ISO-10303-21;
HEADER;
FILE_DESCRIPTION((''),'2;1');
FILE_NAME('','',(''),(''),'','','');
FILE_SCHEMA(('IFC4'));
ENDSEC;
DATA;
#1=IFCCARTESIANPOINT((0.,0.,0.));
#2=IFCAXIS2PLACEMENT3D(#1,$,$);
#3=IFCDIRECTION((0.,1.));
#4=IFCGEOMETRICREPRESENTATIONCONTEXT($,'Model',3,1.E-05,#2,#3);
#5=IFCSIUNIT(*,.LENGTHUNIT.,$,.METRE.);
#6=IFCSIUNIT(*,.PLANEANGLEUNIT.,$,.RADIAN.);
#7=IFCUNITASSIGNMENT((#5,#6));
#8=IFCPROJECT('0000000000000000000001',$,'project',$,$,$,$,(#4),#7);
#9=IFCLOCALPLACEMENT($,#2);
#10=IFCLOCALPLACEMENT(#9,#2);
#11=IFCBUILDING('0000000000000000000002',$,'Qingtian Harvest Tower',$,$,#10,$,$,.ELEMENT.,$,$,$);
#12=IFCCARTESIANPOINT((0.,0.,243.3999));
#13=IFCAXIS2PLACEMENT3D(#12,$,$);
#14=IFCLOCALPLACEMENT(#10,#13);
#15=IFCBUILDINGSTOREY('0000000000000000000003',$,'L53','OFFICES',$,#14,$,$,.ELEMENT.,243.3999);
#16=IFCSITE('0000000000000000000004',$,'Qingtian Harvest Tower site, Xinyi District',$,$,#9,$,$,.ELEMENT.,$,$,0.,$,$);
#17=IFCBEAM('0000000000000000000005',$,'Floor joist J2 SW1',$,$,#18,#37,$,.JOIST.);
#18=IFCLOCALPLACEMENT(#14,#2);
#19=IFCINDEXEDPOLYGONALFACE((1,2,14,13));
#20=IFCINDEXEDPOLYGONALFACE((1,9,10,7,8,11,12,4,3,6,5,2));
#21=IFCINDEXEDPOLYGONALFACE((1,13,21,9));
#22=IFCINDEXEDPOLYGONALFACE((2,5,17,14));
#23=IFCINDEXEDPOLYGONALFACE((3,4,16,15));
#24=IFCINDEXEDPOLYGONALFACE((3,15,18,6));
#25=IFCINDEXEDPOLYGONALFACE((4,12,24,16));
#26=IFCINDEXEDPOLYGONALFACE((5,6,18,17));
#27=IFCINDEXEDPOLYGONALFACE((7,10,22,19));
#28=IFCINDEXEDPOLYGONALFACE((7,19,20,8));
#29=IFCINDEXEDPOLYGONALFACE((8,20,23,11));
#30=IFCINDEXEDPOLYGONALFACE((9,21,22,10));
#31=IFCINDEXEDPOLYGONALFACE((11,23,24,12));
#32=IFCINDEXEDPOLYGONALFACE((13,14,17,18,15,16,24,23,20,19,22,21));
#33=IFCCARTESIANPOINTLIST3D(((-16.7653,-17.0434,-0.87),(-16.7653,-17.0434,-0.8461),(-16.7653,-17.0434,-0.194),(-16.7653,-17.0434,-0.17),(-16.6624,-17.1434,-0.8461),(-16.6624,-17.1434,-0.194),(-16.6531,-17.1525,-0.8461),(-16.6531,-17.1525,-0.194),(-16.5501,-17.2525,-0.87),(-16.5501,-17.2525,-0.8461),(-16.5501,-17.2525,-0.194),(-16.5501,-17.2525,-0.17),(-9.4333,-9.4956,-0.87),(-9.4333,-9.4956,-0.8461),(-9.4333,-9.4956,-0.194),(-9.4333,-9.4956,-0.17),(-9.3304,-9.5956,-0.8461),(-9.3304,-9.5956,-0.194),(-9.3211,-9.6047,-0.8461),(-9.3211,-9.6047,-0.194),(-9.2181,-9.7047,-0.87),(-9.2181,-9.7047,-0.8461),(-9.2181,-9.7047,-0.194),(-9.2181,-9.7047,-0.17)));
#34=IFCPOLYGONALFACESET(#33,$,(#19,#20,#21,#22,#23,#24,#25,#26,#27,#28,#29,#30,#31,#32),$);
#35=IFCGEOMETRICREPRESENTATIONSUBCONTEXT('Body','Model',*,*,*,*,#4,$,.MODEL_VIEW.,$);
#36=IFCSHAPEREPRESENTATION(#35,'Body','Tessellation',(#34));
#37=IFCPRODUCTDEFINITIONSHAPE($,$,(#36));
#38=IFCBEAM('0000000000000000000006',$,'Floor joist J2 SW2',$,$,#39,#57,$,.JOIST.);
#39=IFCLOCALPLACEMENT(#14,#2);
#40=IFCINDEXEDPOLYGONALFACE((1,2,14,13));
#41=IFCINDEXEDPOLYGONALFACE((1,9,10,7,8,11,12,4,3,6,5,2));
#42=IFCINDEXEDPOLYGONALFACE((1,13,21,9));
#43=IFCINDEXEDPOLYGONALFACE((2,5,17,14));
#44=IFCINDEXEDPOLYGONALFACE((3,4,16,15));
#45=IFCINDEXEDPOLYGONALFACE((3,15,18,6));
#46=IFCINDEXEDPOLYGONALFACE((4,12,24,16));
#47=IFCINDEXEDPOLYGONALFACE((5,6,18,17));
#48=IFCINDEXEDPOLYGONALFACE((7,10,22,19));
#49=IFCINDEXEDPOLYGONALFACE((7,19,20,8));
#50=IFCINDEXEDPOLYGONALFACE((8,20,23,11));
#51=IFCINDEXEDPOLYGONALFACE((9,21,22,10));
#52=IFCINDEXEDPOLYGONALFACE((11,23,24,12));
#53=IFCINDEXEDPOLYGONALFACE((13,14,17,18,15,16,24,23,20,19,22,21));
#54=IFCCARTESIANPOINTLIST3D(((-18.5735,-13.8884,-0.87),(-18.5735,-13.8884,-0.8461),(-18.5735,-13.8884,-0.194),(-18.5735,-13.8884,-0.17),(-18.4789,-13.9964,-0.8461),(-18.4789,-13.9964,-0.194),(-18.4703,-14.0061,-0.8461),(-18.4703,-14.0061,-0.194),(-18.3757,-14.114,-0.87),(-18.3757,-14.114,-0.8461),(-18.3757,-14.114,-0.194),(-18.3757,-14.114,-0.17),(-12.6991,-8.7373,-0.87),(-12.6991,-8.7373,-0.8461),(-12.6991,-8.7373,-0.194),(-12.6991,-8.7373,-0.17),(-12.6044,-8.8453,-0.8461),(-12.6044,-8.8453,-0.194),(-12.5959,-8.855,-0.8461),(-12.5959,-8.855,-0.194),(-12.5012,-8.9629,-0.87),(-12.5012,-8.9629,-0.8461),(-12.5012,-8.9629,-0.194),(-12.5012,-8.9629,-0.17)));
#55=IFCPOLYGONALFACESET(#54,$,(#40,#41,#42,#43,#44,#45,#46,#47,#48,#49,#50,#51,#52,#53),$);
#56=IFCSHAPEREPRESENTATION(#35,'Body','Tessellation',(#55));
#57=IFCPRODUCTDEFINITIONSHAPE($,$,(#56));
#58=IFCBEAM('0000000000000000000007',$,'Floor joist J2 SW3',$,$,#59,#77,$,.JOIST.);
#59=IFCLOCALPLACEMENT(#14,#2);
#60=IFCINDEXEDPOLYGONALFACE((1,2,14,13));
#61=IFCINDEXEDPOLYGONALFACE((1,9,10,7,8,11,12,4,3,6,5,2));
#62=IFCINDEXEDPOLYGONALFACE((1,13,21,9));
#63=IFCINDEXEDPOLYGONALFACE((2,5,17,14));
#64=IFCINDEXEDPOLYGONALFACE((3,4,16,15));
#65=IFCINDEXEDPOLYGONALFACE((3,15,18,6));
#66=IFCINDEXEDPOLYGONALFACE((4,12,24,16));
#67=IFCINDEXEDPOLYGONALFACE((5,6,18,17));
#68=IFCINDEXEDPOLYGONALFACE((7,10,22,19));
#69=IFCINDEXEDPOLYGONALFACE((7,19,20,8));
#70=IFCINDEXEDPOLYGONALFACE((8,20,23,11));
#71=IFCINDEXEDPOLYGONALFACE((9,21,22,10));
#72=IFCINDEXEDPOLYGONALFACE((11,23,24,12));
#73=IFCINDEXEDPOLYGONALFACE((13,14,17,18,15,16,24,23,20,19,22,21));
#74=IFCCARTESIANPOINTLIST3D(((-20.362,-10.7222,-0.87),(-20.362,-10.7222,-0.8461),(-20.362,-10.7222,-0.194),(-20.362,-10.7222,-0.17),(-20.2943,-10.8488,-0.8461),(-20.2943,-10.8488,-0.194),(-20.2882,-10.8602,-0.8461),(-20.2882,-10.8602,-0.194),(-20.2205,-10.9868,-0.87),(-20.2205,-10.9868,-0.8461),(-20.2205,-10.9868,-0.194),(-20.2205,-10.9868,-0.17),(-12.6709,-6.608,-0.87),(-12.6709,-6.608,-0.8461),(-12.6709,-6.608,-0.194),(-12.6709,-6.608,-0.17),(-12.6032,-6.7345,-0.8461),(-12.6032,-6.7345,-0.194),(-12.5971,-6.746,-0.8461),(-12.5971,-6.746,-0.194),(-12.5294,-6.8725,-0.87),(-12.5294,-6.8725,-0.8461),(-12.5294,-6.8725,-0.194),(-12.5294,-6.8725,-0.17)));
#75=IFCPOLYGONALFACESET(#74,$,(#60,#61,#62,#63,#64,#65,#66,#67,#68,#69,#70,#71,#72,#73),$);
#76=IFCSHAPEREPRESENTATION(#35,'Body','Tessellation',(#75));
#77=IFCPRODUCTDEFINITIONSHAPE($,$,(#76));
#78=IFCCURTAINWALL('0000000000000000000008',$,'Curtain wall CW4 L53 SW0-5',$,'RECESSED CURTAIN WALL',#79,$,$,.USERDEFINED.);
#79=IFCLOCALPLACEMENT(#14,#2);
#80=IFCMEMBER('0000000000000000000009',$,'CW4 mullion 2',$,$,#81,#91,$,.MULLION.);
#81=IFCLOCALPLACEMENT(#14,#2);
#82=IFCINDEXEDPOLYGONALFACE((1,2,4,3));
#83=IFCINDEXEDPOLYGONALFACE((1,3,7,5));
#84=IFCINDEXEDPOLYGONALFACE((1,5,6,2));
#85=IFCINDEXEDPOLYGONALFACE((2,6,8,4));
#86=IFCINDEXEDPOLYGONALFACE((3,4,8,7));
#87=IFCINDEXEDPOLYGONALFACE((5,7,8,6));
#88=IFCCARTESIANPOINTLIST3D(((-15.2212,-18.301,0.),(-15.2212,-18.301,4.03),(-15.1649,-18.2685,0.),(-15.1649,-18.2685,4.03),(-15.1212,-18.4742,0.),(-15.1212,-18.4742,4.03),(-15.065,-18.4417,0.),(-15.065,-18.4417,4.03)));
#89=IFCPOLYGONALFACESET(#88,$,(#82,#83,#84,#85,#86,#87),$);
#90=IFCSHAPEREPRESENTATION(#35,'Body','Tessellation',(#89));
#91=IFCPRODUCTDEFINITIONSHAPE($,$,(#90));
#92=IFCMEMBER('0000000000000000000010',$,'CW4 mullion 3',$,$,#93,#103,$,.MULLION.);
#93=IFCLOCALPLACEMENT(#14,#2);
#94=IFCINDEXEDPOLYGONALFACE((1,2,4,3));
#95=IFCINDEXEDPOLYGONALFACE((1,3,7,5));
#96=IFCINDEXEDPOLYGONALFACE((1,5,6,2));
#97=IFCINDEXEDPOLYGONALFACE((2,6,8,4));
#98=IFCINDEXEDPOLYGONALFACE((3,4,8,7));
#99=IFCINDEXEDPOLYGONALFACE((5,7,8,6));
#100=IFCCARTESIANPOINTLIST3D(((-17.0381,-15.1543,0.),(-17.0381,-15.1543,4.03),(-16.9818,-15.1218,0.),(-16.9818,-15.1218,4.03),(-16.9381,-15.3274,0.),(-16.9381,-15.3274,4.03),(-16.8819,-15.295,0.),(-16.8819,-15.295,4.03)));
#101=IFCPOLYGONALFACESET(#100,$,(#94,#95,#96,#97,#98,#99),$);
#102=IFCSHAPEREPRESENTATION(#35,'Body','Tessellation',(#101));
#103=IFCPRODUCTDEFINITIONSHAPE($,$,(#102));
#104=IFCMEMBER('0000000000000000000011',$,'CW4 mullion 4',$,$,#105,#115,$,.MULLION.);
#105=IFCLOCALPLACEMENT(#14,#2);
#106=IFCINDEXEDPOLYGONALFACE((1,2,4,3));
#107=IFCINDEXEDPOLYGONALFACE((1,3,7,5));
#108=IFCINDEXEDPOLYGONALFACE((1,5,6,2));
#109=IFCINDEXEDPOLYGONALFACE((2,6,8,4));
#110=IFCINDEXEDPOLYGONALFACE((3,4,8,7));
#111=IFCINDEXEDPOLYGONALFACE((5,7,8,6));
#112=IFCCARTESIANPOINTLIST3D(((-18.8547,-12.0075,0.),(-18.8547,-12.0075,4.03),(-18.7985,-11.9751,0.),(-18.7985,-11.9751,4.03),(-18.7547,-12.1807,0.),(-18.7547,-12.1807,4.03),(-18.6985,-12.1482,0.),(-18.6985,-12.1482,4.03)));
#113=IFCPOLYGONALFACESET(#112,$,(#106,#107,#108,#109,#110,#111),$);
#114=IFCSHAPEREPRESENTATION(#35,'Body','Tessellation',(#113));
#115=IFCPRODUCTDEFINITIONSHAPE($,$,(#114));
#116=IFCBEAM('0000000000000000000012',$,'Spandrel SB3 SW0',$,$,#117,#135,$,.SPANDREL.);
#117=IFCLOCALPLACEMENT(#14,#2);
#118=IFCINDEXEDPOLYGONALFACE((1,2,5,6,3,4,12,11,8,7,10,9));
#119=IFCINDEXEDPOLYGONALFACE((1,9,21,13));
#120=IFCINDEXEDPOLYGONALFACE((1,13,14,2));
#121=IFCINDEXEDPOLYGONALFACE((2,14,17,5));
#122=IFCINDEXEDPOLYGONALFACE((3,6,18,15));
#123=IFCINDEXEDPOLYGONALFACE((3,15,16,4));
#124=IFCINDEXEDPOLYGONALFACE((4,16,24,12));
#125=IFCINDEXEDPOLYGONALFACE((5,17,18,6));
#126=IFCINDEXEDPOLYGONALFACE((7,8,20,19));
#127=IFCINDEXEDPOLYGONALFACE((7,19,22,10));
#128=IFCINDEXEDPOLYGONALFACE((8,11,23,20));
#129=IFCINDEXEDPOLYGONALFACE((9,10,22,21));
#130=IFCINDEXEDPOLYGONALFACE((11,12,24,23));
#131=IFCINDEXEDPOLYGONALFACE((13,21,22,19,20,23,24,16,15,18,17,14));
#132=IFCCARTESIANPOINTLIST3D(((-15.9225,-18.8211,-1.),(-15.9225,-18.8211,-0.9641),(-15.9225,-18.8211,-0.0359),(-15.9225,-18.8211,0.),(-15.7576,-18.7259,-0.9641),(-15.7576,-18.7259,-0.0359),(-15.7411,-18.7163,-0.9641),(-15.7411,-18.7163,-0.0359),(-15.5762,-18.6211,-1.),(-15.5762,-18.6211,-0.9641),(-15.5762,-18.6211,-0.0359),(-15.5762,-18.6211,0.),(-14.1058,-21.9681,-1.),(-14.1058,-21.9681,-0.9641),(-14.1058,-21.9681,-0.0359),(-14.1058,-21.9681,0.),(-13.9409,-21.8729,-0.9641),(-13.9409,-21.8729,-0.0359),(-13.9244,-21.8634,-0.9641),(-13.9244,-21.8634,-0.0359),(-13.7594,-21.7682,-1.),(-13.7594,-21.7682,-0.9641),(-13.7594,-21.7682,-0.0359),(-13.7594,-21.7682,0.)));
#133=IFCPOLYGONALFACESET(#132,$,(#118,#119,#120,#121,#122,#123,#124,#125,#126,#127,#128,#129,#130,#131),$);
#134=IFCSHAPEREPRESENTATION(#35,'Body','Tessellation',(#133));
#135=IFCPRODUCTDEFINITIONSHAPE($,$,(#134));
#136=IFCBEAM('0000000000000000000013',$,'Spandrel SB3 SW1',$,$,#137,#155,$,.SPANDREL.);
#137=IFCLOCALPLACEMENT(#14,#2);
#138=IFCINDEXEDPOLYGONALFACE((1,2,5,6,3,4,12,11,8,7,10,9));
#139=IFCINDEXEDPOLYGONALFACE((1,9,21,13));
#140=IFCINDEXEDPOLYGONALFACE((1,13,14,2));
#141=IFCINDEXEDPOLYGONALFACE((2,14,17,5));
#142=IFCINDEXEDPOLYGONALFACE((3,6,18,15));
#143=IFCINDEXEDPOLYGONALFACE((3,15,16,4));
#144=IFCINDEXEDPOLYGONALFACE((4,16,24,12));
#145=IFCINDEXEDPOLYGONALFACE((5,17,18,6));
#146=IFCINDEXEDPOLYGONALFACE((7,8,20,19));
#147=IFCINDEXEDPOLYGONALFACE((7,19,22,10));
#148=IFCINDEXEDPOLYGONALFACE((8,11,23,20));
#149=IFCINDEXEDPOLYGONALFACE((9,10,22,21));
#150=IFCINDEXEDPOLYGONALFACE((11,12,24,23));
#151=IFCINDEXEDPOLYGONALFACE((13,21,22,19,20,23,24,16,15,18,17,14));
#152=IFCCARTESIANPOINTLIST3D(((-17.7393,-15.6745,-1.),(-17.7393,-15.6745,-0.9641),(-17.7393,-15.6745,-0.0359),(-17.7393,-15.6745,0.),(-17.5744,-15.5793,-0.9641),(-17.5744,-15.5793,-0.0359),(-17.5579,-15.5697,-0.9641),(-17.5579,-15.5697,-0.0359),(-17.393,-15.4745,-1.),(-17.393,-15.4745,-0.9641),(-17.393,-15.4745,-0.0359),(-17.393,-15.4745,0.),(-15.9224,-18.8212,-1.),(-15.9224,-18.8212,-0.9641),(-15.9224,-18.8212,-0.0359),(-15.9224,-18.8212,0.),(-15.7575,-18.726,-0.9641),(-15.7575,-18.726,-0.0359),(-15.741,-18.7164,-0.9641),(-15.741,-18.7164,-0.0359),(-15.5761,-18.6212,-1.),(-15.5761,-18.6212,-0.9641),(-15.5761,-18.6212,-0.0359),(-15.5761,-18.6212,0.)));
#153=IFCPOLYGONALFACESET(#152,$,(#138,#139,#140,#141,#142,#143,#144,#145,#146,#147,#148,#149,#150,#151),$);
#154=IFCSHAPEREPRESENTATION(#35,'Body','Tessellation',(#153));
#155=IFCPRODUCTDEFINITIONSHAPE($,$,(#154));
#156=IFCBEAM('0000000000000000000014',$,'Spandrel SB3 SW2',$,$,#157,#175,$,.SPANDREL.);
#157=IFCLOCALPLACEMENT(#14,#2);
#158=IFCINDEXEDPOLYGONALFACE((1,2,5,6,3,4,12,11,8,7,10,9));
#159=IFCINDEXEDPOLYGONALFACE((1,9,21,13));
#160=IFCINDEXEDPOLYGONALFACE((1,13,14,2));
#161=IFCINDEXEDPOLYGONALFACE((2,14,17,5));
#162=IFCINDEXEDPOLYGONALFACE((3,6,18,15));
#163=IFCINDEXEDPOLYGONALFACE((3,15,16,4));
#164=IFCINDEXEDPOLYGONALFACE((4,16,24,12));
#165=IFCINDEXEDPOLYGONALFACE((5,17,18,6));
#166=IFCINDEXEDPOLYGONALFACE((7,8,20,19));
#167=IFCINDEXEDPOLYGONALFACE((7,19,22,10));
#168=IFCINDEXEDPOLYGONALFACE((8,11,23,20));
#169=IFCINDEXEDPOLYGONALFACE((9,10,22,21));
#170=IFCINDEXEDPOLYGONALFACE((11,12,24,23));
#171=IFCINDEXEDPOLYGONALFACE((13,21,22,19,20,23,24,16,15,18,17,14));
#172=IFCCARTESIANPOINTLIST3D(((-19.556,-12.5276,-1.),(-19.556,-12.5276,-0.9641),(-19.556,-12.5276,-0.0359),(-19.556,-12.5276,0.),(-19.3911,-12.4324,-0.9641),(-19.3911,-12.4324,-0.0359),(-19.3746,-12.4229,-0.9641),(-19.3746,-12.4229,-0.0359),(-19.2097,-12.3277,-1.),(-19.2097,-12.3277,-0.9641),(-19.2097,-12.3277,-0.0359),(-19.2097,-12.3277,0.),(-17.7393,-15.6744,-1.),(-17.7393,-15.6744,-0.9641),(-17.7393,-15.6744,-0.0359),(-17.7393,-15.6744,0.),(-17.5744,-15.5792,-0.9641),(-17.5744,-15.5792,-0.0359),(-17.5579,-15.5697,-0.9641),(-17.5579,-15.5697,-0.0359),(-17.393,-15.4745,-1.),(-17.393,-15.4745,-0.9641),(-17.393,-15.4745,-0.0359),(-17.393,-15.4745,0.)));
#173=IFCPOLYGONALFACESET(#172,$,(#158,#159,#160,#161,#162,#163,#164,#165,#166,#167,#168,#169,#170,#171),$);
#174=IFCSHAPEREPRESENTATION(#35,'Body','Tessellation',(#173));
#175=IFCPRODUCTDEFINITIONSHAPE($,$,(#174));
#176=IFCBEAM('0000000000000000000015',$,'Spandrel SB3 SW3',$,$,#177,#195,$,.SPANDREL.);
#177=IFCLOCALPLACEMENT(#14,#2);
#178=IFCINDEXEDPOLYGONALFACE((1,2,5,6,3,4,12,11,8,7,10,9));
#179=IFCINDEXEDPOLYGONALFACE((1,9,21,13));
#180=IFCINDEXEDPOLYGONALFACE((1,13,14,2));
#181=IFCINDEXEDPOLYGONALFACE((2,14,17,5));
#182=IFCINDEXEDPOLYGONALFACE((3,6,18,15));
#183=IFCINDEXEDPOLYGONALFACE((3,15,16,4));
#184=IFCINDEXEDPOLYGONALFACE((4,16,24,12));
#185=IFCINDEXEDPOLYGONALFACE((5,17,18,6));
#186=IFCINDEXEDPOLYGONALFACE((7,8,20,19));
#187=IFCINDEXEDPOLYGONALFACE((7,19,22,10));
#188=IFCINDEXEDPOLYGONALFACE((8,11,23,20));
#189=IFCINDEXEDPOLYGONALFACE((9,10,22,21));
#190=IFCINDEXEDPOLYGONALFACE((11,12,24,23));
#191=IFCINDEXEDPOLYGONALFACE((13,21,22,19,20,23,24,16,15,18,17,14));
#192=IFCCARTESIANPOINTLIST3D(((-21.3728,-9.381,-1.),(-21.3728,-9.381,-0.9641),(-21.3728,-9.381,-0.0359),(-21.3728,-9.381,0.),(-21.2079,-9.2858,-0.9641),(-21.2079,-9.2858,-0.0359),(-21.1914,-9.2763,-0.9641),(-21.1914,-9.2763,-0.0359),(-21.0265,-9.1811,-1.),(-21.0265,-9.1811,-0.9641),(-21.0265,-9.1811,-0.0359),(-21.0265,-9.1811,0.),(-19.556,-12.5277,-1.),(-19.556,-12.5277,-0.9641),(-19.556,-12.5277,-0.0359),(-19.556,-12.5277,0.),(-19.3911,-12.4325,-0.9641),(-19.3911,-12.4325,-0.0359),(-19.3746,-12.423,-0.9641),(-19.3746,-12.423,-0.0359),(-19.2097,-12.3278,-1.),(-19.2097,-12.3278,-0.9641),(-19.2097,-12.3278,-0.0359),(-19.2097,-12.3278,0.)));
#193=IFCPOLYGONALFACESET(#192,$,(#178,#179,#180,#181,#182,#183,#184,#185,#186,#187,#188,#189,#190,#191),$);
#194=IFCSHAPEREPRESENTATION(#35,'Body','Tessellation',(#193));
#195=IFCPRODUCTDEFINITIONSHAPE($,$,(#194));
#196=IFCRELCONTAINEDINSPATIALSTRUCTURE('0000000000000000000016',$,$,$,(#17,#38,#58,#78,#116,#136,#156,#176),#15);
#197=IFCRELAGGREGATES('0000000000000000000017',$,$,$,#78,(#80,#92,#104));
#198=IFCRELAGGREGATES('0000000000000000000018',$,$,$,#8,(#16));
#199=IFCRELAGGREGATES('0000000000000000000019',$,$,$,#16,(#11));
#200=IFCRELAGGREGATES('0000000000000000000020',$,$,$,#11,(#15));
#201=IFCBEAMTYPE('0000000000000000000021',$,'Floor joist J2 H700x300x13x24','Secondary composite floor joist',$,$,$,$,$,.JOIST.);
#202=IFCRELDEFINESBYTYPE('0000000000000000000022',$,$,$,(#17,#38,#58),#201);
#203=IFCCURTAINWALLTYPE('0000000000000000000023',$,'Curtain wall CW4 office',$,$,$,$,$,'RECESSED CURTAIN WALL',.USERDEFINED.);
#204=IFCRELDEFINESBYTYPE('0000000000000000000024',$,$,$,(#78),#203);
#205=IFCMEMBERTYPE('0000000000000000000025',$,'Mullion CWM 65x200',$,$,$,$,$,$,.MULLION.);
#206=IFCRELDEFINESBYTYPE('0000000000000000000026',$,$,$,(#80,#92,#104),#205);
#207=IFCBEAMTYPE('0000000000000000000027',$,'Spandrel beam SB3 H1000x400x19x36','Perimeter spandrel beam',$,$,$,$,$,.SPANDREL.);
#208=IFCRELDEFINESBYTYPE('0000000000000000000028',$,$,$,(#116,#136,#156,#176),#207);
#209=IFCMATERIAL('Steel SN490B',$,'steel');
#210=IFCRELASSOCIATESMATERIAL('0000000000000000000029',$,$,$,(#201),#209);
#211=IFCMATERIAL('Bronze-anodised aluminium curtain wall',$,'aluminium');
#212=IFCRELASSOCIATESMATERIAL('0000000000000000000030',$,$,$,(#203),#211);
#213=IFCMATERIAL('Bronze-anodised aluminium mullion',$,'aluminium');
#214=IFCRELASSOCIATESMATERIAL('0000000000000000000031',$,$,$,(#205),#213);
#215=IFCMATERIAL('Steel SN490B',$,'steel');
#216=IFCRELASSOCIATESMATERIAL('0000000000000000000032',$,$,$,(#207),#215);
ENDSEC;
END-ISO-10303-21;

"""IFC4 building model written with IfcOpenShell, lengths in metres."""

from ifc_helpers import new_model, si_unit, direction, frame, origin, origin_2d, place, context, subcontext, project, spatial, rectangle, i_section, extrude, material, material_profile, profile_set, type_object, element, aggregate, save


model = new_model("IFC4")

# Units and contexts
model_context = context("Model", 3, precision=1e-05, world=origin(), true_north=direction((0.0, 1.0)))
body_context = subcontext(model_context, "Body", "Model", "MODEL_VIEW")
ifc_project = project(units=[si_unit("LENGTHUNIT", "METRE"), si_unit("PLANEANGLEUNIT", "RADIAN")], contexts=[model_context])

# Site, building, storey
site_placement = place(None, origin())
site = spatial("IfcSite", under=ifc_project, at=site_placement, Name="Qingtian Harvest Tower site, Xinyi District", CompositionType="ELEMENT", RefElevation=0.0)
building_placement = place(site_placement, origin())
building = spatial("IfcBuilding", under=site, at=building_placement, Name="Qingtian Harvest Tower", CompositionType="ELEMENT")
storey_placement = place(building_placement, frame((0.0, 0.0, 243.3999)))
storey = spatial("IfcBuildingStorey", under=building, at=storey_placement, Name="L53", Description="OFFICES", CompositionType="ELEMENT", Elevation=243.3999)

# Beams
ifc_material_1 = material(Name="Steel SN490B", Category="steel")
ifc_material_profile_1 = material_profile(ifc_material_1, i_section(OverallWidth=0.3, OverallDepth=0.7, WebThickness=0.0129, FlangeThickness=0.0239, at=origin_2d()), Name="H700x300x13x24")
ifc_profile_set_1 = profile_set([ifc_material_profile_1], Name="Steel SN490B")
beam_type_1 = type_object("IfcBeamType", Name="Floor joist J2 H700x300x13x24", Description="Secondary composite floor joist", PredefinedType="JOIST", material=ifc_profile_set_1)
beam_1_placement = place(storey_placement, frame((-16.6577, -17.1479, -0.52), z_axis=(0.696777, 0.717287, 0.0), x_axis=(-0.717287, 0.696777, 0.0)))
element("IfcBeam", 1, at=beam_1_placement, inside=storey, type_object=beam_type_1, Name="Floor joist J2 SW1", PredefinedType="JOIST", context=body_context, shape_type="SweptSolid", body=[
    extrude(i_section(OverallWidth=0.3, OverallDepth=0.7, WebThickness=0.0129, FlangeThickness=0.0239, at=origin_2d()), origin(), (0.0, 0.0, 1.0), 10.5227),
])
beam_2_placement = place(storey_placement, frame((-18.4746, -14.0012, -0.52), z_axis=(0.751883, 0.659296, 0.0), x_axis=(-0.659296, 0.751883, 0.0)))
element("IfcBeam", 2, at=beam_2_placement, inside=storey, type_object=beam_type_1, Name="Floor joist J2 SW2", PredefinedType="JOIST", context=body_context, shape_type="SweptSolid", body=[
    extrude(i_section(OverallWidth=0.3, OverallDepth=0.7, WebThickness=0.0129, FlangeThickness=0.0239, at=origin_2d()), origin(), (0.0, 0.0, 1.0), 7.813),
])
beam_3_placement = place(storey_placement, frame((-20.2913, -10.8545, -0.52), z_axis=(0.881767, 0.471686, 0.0), x_axis=(-0.471686, 0.881767, 0.0)))
element("IfcBeam", 3, at=beam_3_placement, inside=storey, type_object=beam_type_1, Name="Floor joist J2 SW3", PredefinedType="JOIST", context=body_context, shape_type="SweptSolid", body=[
    extrude(i_section(OverallWidth=0.3, OverallDepth=0.7, WebThickness=0.0129, FlangeThickness=0.0239, at=origin_2d()), origin(), (0.0, 0.0, 1.0), 8.7224),
])

# Curtain wall, members
ifc_material_2 = material(Name="Bronze-anodised aluminium curtain wall", Category="aluminium")
curtain_wall_type = type_object("IfcCurtainWallType", Name="Curtain wall CW4 office", ElementType="RECESSED CURTAIN WALL", PredefinedType="USERDEFINED", material=ifc_material_2)
curtain_wall_placement = place(storey_placement, origin())
curtain_wall = element("IfcCurtainWall", 4, at=curtain_wall_placement, inside=storey, type_object=curtain_wall_type, Name="Curtain wall CW4 L53 SW0-5", ObjectType="RECESSED CURTAIN WALL", PredefinedType="USERDEFINED")
ifc_material_3 = material(Name="Bronze-anodised aluminium mullion", Category="aluminium")
ifc_material_profile_2 = material_profile(ifc_material_3, rectangle(XDim=0.0649, YDim=0.2, at=origin_2d()), Name="AL 65x200")
ifc_profile_set_2 = profile_set([ifc_material_profile_2], Name="Bronze-anodised aluminium mullion")
member_type_1 = type_object("IfcMemberType", Name="Mullion CWM 65x200", PredefinedType="MULLION", material=ifc_profile_set_2)
member_1_placement = place(storey_placement, frame((-15.1431, -18.3713, 0.0), z_axis=(0.0, 0.0, 1.0), x_axis=(-0.866025, -0.5, 0.0)))
member_1 = element("IfcMember", 5, at=member_1_placement, type_object=member_type_1, Name="CW4 mullion 2", PredefinedType="MULLION", context=body_context, shape_type="SweptSolid", body=[
    extrude(rectangle(XDim=0.0649, YDim=0.2, at=origin_2d()), origin(), (0.0, 0.0, 1.0), 4.03),
])
member_2_placement = place(storey_placement, frame((-16.96, -15.2246, 0.0), z_axis=(0.0, 0.0, 1.0), x_axis=(-0.866025, -0.5, 0.0)))
member_2 = element("IfcMember", 6, at=member_2_placement, type_object=member_type_1, Name="CW4 mullion 3", PredefinedType="MULLION", context=body_context, shape_type="SweptSolid", body=[
    extrude(rectangle(XDim=0.0649, YDim=0.2, at=origin_2d()), origin(), (0.0, 0.0, 1.0), 4.03),
])
member_3_placement = place(storey_placement, frame((-18.7766, -12.0779, 0.0), z_axis=(0.0, 0.0, 1.0), x_axis=(-0.866025, -0.5, 0.0)))
member_3 = element("IfcMember", 7, at=member_3_placement, type_object=member_type_1, Name="CW4 mullion 4", PredefinedType="MULLION", context=body_context, shape_type="SweptSolid", body=[
    extrude(rectangle(XDim=0.0649, YDim=0.2, at=origin_2d()), origin(), (0.0, 0.0, 1.0), 4.03),
])

# Beams
ifc_material_4 = material(Name="Steel SN490B", Category="steel")
ifc_material_profile_3 = material_profile(ifc_material_4, i_section(OverallWidth=0.3999, OverallDepth=1.0, WebThickness=0.019, FlangeThickness=0.0359, at=origin_2d()), Name="H1000x400x19x36")
ifc_profile_set_3 = profile_set([ifc_material_profile_3], Name="Steel SN490B")
beam_type_2 = type_object("IfcBeamType", Name="Spandrel beam SB3 H1000x400x19x36", Description="Perimeter spandrel beam", PredefinedType="SPANDREL", material=ifc_profile_set_3)
beam_4_placement = place(storey_placement, frame((-13.9326, -21.8682, -0.5), z_axis=(-0.499947, 0.866056, 0.0), x_axis=(-0.866056, -0.499947, 0.0)))
element("IfcBeam", 8, at=beam_4_placement, inside=storey, type_object=beam_type_2, Name="Spandrel SB3 SW0", PredefinedType="SPANDREL", context=body_context, shape_type="SweptSolid", body=[
    extrude(i_section(OverallWidth=0.3999, OverallDepth=1.0, WebThickness=0.019, FlangeThickness=0.0359, at=origin_2d()), origin(), (0.0, 0.0, 1.0), 3.6338),
])
for number, where, z_axis, x_axis, name in (
    (9, (-15.7493, -18.7212, -0.5), (-0.500027, 0.86601, 0.0), (-0.86601, -0.500027, 0.0), "Spandrel SB3 SW1"),
    (10, (-17.5662, -15.5745, -0.5), (-0.499976, 0.866039, 0.0), (-0.866039, -0.499976, 0.0), "Spandrel SB3 SW2"),
    (11, (-19.3828, -12.4277, -0.5), (-0.500027, 0.86601, 0.0), (-0.86601, -0.500027, 0.0), "Spandrel SB3 SW3"),
):
    element("IfcBeam", number, at=place(storey_placement, frame(where, z_axis=z_axis, x_axis=x_axis)), inside=storey, type_object=beam_type_2, Name=name, PredefinedType="SPANDREL", context=body_context, shape_type="SweptSolid", body=[
        extrude(i_section(OverallWidth=0.3999, OverallDepth=1.0, WebThickness=0.019, FlangeThickness=0.0359, at=origin_2d()), origin(), (0.0, 0.0, 1.0), 3.6335),
    ])

aggregate(curtain_wall, [member_1, member_2, member_3])

save(model, "model.ifc")
